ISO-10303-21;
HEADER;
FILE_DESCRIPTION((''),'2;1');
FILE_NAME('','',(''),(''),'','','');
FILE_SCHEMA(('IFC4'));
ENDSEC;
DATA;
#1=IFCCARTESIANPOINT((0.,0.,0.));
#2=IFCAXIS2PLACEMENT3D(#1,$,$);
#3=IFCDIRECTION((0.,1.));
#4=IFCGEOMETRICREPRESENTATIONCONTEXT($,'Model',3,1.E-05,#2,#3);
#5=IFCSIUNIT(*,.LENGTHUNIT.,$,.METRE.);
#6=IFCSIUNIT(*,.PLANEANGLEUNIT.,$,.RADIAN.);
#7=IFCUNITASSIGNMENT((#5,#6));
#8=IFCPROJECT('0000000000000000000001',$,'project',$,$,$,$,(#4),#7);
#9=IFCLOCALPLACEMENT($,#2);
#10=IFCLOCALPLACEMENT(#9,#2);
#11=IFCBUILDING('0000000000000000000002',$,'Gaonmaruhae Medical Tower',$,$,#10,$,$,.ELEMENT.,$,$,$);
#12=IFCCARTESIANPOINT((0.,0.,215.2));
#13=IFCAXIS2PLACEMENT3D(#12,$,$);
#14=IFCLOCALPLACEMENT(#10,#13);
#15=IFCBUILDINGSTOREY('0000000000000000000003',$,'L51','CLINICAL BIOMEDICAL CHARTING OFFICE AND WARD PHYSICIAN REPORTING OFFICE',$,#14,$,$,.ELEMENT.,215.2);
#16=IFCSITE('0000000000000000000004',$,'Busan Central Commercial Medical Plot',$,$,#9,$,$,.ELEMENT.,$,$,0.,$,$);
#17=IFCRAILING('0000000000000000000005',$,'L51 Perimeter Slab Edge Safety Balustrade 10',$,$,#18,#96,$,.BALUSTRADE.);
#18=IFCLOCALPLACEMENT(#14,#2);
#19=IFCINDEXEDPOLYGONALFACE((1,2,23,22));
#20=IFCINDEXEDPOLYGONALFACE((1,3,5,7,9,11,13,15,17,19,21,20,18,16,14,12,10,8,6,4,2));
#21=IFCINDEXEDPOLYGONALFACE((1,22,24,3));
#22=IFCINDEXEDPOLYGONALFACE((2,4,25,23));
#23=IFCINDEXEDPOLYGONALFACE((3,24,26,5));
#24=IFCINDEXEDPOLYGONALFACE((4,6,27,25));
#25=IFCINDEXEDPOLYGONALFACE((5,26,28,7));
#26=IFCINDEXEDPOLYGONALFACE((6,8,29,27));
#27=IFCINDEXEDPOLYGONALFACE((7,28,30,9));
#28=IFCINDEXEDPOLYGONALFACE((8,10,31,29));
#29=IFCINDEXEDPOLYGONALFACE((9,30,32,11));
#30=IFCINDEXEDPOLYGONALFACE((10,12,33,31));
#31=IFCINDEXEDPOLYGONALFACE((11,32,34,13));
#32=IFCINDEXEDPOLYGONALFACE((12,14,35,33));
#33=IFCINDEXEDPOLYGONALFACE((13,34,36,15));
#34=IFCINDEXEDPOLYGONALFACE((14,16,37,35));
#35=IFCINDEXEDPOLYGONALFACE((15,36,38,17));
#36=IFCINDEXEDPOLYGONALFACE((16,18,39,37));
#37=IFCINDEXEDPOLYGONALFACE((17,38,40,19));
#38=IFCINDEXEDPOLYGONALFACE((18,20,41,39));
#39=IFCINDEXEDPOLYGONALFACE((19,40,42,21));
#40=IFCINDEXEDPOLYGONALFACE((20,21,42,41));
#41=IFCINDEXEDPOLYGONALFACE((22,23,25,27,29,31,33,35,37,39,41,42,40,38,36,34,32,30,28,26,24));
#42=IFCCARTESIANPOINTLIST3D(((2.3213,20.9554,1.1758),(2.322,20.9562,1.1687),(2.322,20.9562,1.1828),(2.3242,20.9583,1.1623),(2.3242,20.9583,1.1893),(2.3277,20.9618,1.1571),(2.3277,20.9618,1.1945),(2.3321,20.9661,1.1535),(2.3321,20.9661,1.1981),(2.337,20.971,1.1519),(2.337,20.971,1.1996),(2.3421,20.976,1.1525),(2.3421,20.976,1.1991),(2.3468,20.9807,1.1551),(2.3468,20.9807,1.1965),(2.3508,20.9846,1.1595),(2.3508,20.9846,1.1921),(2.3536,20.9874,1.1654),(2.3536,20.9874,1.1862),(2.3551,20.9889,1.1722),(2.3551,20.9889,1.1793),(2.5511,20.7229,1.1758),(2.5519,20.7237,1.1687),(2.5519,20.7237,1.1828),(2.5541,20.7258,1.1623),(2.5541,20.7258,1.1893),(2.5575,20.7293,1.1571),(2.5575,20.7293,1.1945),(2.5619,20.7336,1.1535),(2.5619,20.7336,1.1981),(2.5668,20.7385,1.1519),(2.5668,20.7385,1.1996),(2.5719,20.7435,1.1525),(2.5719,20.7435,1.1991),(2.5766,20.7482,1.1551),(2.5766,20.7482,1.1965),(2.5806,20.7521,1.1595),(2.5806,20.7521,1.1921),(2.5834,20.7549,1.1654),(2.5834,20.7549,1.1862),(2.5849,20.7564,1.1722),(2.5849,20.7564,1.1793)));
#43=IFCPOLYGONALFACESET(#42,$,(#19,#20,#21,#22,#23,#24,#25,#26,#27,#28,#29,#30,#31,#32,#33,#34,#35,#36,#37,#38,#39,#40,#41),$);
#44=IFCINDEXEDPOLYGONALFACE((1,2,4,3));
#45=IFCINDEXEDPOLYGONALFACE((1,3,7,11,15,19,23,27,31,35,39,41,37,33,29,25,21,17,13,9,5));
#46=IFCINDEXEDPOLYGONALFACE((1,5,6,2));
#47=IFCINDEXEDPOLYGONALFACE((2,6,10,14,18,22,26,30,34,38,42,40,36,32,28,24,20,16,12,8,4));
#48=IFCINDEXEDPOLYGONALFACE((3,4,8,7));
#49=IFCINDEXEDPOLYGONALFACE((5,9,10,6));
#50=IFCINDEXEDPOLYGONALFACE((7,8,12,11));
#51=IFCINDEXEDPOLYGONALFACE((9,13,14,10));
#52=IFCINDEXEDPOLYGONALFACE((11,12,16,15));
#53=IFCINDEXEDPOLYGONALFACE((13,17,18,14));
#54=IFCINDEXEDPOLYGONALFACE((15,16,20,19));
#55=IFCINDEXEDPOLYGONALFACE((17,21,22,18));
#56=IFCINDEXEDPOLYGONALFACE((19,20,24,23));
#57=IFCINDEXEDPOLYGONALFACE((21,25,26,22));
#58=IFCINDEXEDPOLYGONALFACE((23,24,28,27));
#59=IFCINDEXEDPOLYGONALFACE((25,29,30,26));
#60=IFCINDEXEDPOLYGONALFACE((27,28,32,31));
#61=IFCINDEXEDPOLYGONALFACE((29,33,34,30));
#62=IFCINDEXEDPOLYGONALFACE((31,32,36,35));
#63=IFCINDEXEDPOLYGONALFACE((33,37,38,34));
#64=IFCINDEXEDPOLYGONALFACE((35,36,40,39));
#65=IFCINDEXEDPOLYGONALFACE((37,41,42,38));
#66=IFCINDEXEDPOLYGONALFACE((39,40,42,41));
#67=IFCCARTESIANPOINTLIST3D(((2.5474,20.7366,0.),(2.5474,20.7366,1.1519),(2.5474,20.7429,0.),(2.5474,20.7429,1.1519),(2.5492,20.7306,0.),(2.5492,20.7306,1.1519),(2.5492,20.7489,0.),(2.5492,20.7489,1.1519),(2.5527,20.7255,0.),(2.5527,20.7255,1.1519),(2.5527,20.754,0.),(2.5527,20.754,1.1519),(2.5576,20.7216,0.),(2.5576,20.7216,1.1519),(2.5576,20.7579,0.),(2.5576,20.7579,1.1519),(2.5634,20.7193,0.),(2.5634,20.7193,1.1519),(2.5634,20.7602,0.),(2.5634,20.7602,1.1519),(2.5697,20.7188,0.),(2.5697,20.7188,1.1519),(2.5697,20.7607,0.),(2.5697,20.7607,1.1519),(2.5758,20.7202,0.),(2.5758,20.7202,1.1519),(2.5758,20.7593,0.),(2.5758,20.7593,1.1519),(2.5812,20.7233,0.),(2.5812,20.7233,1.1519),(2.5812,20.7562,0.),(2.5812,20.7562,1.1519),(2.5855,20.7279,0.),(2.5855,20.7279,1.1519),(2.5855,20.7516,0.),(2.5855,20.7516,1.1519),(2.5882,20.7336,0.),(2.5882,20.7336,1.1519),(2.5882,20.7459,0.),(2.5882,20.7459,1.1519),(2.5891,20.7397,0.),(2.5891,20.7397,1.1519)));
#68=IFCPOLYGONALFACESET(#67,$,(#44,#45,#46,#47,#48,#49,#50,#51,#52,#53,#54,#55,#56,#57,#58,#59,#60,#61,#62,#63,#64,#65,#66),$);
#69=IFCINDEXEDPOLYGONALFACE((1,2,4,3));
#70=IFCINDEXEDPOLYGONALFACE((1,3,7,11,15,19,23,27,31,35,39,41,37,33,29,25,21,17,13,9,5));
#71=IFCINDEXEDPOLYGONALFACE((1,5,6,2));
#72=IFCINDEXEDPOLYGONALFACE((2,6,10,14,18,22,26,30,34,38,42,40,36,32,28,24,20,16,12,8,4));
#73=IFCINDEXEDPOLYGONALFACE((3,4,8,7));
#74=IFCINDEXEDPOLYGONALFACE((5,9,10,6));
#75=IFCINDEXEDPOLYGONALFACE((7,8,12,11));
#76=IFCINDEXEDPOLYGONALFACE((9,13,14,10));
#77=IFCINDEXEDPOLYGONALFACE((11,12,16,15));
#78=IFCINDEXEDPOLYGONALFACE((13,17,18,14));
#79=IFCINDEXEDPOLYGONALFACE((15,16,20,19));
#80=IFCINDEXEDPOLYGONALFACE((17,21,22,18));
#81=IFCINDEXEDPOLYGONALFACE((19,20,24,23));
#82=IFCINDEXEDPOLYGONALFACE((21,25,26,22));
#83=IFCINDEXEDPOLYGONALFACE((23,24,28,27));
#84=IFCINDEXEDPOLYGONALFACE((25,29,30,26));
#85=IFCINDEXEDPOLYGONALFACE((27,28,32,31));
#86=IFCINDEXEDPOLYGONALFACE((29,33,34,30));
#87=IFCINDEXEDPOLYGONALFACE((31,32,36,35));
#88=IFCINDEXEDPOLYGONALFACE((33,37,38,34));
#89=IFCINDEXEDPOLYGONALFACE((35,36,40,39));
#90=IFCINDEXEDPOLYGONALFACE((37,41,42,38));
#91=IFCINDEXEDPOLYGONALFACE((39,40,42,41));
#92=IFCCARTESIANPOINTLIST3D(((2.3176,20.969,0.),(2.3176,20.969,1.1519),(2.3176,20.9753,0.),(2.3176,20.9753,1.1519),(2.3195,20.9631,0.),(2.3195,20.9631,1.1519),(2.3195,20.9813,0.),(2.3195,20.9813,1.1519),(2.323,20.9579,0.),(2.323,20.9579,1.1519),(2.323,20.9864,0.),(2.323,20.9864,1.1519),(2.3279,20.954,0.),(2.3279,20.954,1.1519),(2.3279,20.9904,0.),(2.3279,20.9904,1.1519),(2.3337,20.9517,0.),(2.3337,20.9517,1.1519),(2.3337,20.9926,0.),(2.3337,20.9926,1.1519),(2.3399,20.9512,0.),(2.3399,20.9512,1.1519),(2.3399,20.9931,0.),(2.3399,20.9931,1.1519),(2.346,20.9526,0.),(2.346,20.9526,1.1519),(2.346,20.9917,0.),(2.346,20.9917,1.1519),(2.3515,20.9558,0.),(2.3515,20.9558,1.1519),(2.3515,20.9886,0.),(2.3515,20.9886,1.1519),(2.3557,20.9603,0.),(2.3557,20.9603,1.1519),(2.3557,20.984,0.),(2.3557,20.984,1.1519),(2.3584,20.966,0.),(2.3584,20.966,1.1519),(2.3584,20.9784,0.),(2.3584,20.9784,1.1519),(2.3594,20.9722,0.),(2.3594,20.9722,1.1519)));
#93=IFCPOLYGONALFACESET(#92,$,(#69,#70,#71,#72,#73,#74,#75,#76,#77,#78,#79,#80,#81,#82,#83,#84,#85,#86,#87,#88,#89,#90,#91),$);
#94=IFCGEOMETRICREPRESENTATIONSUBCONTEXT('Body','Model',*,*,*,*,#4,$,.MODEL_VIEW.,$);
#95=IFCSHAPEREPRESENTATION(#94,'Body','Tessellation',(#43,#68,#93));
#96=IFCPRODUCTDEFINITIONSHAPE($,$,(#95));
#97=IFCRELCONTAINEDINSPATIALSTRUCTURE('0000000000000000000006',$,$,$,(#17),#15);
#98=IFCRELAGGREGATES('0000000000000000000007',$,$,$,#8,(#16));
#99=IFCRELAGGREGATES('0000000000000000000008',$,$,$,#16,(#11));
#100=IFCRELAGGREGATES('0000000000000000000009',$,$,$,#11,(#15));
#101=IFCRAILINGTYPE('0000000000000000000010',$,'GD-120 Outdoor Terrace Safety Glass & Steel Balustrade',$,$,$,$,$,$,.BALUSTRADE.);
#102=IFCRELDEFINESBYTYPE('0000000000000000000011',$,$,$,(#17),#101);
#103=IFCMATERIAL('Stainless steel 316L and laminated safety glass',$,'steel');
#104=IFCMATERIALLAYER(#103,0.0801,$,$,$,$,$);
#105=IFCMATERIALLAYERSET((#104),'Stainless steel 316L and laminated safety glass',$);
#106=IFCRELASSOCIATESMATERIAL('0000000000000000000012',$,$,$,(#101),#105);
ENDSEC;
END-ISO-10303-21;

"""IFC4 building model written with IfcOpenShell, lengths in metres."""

from ifc_helpers import new_model, si_unit, direction, frame, origin, origin_2d, place, context, subcontext, project, spatial, circle, extrude, material, layer, layer_set, type_object, element, save


model = new_model("IFC4")

# Units and contexts
model_context = context("Model", 3, precision=1e-05, world=origin(), true_north=direction((0.0, 1.0)))
body_context = subcontext(model_context, "Body", "Model", "MODEL_VIEW")
ifc_project = project(units=[si_unit("LENGTHUNIT", "METRE"), si_unit("PLANEANGLEUNIT", "RADIAN")], contexts=[model_context])

# Site, building, storey
site_placement = place(None, origin())
site = spatial("IfcSite", under=ifc_project, at=site_placement, Name="Busan Central Commercial Medical Plot", CompositionType="ELEMENT", RefElevation=0.0)
building_placement = place(site_placement, origin())
building = spatial("IfcBuilding", under=site, at=building_placement, Name="Gaonmaruhae Medical Tower", CompositionType="ELEMENT")
storey_placement = place(building_placement, frame((0.0, 0.0, 215.2)))
storey = spatial("IfcBuildingStorey", under=building, at=storey_placement, Name="L51", Description="CLINICAL BIOMEDICAL CHARTING OFFICE AND WARD PHYSICIAN REPORTING OFFICE", CompositionType="ELEMENT", Elevation=215.2)

# Railing
ifc_material_1 = material(Name="Stainless steel 316L and laminated safety glass", Category="steel")
ifc_layer_1 = layer(ifc_material_1, 0.0801)
ifc_layer_set_1 = layer_set([ifc_layer_1], Name="Stainless steel 316L and laminated safety glass")
railing_type = type_object("IfcRailingType", Name="GD-120 Outdoor Terrace Safety Glass & Steel Balustrade", PredefinedType="BALUSTRADE", material=ifc_layer_set_1)
railing_1_placement = place(storey_placement, frame((2.5681, 20.7397, 0.0)))
element("IfcRailing", 1, at=railing_1_placement, inside=storey, type_object=railing_type, Name="L51 Perimeter Slab Edge Safety Balustrade 10", PredefinedType="BALUSTRADE", context=body_context, shape_type="SweptSolid", body=[
    extrude(circle(Radius=0.0239, at=origin_2d()), frame((0.0, 0.0, 1.1758), z_axis=(-0.702986, 0.711204, 0.0), x_axis=(-0.711204, -0.702986, 0.0)), (0.0, 0.0, 1.0), 0.3269),
    extrude(circle(Radius=0.021, at=origin_2d()), origin(), (0.0, 0.0, 1.0), 1.1519),
    extrude(circle(Radius=0.021, at=origin_2d()), frame((-0.2297, 0.2324, 0.0)), (0.0, 0.0, 1.0), 1.1519),
])

save(model, "model.ifc")
